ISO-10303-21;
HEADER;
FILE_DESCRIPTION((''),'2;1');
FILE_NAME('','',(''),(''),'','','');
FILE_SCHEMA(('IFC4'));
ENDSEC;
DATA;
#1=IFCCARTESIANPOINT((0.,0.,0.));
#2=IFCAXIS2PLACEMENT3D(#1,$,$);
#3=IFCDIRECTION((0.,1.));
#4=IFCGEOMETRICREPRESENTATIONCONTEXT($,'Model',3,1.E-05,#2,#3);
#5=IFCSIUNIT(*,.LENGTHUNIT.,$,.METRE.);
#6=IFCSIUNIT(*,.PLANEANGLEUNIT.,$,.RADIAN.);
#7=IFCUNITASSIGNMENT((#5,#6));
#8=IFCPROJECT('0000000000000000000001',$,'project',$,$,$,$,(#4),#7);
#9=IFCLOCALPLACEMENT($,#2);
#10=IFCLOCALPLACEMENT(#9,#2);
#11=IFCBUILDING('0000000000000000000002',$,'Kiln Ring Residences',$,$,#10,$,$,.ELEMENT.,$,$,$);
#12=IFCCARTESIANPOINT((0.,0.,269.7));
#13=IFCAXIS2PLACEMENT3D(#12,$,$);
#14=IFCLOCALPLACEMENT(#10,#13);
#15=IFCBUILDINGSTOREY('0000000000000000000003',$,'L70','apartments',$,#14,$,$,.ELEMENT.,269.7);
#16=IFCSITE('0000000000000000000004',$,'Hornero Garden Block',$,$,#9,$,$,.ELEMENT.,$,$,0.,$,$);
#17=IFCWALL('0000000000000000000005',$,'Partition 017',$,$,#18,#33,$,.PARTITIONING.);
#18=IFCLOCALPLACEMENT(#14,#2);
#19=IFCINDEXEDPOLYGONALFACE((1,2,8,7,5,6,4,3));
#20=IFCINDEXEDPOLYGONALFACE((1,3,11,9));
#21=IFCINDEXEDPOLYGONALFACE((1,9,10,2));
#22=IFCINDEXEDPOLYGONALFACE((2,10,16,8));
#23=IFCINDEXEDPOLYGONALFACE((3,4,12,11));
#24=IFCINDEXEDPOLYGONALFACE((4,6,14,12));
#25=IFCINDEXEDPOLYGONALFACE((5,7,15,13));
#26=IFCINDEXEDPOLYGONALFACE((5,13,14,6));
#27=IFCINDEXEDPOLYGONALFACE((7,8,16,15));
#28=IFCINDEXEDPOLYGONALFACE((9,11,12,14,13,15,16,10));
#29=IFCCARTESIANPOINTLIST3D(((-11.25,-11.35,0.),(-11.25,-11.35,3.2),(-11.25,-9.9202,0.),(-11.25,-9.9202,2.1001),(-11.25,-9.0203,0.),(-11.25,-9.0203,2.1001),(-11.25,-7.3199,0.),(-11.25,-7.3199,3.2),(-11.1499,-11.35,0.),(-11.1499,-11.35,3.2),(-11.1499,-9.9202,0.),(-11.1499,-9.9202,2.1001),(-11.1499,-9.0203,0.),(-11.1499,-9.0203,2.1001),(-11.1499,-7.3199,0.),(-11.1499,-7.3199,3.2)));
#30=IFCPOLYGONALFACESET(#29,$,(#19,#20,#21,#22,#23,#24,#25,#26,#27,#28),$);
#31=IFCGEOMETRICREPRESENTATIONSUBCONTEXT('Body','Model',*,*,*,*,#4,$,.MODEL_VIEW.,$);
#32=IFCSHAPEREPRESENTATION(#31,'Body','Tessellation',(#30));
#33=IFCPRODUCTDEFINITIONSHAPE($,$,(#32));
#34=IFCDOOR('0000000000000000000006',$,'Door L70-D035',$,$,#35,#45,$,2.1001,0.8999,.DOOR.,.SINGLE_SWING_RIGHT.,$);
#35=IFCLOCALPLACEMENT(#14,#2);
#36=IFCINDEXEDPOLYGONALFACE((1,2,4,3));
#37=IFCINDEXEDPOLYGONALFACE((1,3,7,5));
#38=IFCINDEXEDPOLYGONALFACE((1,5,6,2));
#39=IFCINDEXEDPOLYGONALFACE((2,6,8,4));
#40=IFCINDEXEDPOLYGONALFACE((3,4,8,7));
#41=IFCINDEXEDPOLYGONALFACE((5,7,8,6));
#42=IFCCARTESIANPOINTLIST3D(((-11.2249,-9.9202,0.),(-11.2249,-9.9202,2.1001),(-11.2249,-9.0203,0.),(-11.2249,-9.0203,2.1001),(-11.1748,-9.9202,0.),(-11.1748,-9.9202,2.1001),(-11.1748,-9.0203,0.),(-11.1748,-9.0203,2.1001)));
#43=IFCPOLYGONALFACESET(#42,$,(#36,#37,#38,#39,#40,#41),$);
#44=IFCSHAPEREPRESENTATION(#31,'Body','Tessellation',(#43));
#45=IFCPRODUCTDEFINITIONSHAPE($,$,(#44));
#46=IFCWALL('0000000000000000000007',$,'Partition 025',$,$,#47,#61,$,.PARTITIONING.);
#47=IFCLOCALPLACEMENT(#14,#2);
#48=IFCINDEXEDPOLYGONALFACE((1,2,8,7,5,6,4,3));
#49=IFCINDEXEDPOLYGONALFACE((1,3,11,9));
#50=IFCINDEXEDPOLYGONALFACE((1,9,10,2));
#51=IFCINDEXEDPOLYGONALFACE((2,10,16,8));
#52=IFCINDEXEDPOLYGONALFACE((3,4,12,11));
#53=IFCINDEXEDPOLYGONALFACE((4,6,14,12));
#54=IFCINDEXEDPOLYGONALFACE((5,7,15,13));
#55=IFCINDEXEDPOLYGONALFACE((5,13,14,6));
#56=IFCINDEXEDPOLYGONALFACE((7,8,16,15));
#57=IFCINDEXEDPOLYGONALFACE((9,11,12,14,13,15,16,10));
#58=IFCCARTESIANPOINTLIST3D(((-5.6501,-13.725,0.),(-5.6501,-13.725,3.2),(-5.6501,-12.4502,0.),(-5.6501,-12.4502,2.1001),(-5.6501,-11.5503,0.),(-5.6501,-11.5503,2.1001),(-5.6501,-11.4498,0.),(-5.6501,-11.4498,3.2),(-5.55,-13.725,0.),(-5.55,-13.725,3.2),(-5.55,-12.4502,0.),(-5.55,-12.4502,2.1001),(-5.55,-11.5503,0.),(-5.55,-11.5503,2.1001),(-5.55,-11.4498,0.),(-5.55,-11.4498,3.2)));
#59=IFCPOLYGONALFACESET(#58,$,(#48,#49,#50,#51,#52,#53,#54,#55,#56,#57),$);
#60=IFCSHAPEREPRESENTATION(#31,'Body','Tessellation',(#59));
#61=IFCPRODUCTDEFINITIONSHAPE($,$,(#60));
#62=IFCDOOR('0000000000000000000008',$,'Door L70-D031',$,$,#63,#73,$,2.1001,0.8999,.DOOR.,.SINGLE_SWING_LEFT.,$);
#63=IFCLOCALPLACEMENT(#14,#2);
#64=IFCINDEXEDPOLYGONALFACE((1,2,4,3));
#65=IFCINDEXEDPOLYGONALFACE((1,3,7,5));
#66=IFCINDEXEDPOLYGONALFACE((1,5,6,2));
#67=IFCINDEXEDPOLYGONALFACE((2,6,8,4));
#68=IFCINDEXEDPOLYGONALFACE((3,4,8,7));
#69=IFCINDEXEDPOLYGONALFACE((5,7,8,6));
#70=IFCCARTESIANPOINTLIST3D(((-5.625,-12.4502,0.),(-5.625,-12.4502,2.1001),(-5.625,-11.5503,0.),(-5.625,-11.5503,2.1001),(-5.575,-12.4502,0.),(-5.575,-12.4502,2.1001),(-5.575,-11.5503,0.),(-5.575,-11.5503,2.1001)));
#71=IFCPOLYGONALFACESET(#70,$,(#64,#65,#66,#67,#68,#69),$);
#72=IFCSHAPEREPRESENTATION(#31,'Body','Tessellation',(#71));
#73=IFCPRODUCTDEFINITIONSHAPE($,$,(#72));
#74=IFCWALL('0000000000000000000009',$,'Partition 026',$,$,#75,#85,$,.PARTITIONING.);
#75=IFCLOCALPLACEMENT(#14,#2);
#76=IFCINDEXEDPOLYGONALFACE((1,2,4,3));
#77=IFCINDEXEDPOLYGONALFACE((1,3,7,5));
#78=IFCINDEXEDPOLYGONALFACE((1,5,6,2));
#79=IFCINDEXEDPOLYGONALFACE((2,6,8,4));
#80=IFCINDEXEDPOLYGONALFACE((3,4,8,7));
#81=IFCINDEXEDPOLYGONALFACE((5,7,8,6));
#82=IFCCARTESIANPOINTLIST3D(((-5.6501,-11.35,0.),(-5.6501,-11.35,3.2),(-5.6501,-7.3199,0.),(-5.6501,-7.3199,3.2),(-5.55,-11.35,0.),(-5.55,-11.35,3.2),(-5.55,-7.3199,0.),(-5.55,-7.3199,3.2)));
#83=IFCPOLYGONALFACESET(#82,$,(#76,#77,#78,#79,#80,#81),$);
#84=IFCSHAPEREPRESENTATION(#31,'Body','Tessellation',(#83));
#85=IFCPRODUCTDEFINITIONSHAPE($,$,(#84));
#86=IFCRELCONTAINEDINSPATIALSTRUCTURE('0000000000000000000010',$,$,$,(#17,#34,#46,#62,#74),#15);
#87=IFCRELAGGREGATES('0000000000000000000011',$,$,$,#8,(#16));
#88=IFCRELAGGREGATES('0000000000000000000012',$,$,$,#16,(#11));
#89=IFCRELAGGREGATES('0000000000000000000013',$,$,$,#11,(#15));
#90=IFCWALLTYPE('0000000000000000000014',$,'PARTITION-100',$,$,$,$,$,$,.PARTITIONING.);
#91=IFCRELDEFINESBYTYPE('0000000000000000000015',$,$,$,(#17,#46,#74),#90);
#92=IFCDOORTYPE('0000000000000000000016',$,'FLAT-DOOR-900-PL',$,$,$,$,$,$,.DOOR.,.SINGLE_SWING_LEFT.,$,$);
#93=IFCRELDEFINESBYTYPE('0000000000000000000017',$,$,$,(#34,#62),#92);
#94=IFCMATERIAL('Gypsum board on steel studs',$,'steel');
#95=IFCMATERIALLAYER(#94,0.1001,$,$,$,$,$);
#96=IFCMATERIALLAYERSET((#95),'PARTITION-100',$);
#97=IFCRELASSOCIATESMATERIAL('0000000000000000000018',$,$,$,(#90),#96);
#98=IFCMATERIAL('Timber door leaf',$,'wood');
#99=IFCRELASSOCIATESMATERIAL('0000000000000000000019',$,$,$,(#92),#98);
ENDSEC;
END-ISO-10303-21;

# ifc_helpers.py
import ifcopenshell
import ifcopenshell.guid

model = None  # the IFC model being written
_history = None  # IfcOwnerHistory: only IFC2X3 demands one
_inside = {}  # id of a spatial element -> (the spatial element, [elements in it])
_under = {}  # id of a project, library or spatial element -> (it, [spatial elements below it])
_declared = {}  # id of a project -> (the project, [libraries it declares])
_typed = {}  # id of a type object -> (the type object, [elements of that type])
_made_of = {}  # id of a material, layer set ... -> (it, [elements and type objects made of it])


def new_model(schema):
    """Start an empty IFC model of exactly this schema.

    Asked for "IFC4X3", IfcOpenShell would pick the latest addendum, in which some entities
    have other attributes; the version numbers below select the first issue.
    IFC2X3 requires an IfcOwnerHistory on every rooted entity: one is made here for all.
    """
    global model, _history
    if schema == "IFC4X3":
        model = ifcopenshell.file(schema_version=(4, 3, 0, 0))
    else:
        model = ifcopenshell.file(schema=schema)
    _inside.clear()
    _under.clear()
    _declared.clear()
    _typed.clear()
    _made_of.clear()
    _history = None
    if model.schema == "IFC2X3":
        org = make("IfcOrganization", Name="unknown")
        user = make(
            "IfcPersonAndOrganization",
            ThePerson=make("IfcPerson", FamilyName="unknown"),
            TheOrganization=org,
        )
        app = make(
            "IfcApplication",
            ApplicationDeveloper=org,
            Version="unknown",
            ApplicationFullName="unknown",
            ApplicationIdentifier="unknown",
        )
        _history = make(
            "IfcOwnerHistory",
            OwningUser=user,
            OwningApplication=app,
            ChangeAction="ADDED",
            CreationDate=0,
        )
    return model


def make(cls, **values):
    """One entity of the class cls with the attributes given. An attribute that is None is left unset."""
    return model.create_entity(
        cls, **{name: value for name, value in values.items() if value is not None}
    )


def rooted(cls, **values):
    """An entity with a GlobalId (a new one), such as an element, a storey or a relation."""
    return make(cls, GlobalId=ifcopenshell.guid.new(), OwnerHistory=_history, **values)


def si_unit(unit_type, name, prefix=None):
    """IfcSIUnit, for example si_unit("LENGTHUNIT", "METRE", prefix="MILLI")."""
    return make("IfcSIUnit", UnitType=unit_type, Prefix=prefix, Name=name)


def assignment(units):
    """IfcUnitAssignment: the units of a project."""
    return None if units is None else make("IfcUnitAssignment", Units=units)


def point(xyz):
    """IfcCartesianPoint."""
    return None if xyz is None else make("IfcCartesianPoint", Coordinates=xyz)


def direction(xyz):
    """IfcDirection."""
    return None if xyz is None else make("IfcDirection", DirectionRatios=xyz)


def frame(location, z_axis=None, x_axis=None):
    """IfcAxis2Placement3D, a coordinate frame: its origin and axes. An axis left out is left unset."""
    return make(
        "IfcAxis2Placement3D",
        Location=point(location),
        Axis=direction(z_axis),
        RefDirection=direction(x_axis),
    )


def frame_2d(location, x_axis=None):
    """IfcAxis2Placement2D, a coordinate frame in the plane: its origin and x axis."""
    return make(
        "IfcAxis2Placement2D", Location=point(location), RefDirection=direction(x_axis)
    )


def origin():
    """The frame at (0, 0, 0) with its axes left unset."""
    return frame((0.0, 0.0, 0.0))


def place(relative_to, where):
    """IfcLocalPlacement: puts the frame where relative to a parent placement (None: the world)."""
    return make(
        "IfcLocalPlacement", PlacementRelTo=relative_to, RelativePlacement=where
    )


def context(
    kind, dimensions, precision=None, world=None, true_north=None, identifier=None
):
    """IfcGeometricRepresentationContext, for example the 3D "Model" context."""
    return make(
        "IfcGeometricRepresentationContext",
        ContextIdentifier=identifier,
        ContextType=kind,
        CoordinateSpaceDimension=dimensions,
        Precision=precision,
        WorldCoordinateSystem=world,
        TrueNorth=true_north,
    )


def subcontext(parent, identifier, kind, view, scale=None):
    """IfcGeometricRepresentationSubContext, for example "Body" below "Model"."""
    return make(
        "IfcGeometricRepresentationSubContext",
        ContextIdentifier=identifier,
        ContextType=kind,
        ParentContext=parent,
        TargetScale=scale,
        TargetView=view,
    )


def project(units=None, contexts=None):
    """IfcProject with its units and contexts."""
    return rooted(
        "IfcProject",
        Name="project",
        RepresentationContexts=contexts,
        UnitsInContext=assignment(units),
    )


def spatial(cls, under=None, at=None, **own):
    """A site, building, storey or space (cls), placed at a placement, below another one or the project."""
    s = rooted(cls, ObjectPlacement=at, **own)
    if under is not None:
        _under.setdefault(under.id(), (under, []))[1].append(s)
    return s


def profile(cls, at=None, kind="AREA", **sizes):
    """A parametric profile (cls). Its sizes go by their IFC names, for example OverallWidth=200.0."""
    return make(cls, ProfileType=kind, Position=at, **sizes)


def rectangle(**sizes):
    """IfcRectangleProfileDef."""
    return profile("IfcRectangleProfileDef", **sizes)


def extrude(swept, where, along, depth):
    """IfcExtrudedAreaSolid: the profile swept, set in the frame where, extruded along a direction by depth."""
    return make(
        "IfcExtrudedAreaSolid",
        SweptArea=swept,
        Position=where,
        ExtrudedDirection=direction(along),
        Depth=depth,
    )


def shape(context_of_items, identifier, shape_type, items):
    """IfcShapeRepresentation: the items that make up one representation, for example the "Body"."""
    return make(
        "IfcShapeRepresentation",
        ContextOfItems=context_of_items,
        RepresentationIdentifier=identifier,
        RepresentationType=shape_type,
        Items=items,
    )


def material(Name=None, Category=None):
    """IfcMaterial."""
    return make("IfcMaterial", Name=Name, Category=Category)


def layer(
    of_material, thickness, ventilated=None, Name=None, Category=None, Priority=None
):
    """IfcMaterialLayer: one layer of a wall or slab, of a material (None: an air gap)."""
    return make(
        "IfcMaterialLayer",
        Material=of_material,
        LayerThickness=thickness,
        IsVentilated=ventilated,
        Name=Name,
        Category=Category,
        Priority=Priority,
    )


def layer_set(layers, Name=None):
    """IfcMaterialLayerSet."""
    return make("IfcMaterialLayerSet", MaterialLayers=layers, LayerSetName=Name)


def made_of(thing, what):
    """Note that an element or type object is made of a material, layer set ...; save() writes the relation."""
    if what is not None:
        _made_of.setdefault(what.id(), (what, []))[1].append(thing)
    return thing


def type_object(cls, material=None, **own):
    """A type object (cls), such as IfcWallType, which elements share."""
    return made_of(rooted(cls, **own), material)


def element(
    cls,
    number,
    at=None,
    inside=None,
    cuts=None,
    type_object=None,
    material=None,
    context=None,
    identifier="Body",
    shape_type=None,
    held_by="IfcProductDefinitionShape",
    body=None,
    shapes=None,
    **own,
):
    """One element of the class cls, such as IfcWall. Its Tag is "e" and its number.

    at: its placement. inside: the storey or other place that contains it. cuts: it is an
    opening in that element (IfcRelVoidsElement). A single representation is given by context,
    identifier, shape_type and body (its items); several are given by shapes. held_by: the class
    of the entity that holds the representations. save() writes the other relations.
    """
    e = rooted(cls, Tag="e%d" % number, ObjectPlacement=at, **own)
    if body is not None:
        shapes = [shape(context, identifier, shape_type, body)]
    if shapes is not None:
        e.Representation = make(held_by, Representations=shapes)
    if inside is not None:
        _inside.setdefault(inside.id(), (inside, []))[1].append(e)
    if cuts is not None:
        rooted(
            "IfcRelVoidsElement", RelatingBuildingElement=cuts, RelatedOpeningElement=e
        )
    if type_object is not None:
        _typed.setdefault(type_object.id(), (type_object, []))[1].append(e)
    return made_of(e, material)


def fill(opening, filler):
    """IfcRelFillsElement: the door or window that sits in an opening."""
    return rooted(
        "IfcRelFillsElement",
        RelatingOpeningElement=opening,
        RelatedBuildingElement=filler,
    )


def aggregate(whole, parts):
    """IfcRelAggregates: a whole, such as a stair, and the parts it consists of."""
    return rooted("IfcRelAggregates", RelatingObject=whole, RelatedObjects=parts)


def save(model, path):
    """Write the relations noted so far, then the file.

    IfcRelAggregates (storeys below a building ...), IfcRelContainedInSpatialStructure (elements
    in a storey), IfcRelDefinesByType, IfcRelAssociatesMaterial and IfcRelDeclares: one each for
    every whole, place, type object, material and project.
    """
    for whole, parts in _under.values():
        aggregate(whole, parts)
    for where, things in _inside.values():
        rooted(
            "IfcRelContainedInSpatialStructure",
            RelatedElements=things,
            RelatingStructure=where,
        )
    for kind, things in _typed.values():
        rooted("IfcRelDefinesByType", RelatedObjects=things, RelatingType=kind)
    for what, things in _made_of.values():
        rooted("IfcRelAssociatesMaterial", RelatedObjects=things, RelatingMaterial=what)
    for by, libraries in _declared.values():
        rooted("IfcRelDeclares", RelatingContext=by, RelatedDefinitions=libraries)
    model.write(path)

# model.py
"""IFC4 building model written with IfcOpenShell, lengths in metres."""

from ifc_helpers import new_model, si_unit, direction, frame, frame_2d, origin, place, context, subcontext, project, spatial, rectangle, extrude, material, layer, layer_set, type_object, element, fill, save


model = new_model("IFC4")

# Units and contexts
model_context = context("Model", 3, precision=1e-05, world=origin(), true_north=direction((0.0, 1.0)))
body_context = subcontext(model_context, "Body", "Model", "MODEL_VIEW")
ifc_project = project(units=[si_unit("LENGTHUNIT", "METRE"), si_unit("PLANEANGLEUNIT", "RADIAN")], contexts=[model_context])

# Site, building, storey
site_placement = place(None, origin())
site = spatial("IfcSite", under=ifc_project, at=site_placement, Name="Hornero Garden Block", CompositionType="ELEMENT", RefElevation=0.0)
building_placement = place(site_placement, origin())
building = spatial("IfcBuilding", under=site, at=building_placement, Name="Kiln Ring Residences", CompositionType="ELEMENT")
storey_placement = place(building_placement, frame((0.0, 0.0, 269.7)))
storey = spatial("IfcBuildingStorey", under=building, at=storey_placement, Name="L70", Description="apartments", CompositionType="ELEMENT", Elevation=269.7)

# Walls, openings, doors
ifc_material_1 = material(Name="Gypsum board on steel studs", Category="steel")
ifc_layer_1 = layer(ifc_material_1, 0.1001)
ifc_layer_set_1 = layer_set([ifc_layer_1], Name="PARTITION-100")
wall_type = type_object("IfcWallType", Name="PARTITION-100", PredefinedType="PARTITIONING", material=ifc_layer_set_1)
wall_1_placement = place(storey_placement, frame((-11.2, -11.3501, 0.0), z_axis=(0.0, 0.0, 1.0), x_axis=(0.0, 1.0, 0.0)))
wall_1 = element("IfcWall", 1, at=wall_1_placement, inside=storey, type_object=wall_type, Name="Partition 017", PredefinedType="PARTITIONING", context=body_context, shape_type="SweptSolid", body=[
    extrude(rectangle(XDim=4.03, YDim=0.1001, at=frame_2d((2.0151, 0.0))), origin(), (0.0, 0.0, 1.0), 3.2),
])
opening_1_placement = place(wall_1_placement, frame((1.4299, 0.0, 0.0)))
opening_1 = element("IfcOpeningElement", 2, at=opening_1_placement, cuts=wall_1, PredefinedType="OPENING", context=body_context, shape_type="SweptSolid", body=[
    extrude(rectangle(XDim=0.8999, YDim=2.1001, at=frame_2d((0.45, 1.05))), frame((0.0, 0.0601, 0.0), z_axis=(0.0, -1.0, 0.0), x_axis=(1.0, 0.0, 0.0)), (0.0, 0.0, 1.0), 0.1201),
])
ifc_material_2 = material(Name="Timber door leaf", Category="wood")
door_type = type_object("IfcDoorType", Name="FLAT-DOOR-900-PL", OperationType="SINGLE_SWING_LEFT", PredefinedType="DOOR", material=ifc_material_2)
door_1_placement = place(opening_1_placement, origin())
door_1 = element("IfcDoor", 3, at=door_1_placement, inside=storey, type_object=door_type, Name="Door L70-D035", OperationType="SINGLE_SWING_RIGHT", OverallHeight=2.1001, OverallWidth=0.8999, PredefinedType="DOOR", context=body_context, shape_type="SweptSolid", body=[
    extrude(rectangle(XDim=0.8999, YDim=2.1001, at=frame_2d((0.45, 1.05))), frame((0.0, 0.0249, 0.0), z_axis=(0.0, -1.0, 0.0), x_axis=(1.0, 0.0, 0.0)), (0.0, 0.0, 1.0), 0.05),
])
fill(opening_1, door_1)
wall_2_placement = place(storey_placement, frame((-5.6001, -13.7251, 0.0), z_axis=(0.0, 0.0, 1.0), x_axis=(0.0, 1.0, 0.0)))
wall_2 = element("IfcWall", 4, at=wall_2_placement, inside=storey, type_object=wall_type, Name="Partition 025", PredefinedType="PARTITIONING", context=body_context, shape_type="SweptSolid", body=[
    extrude(rectangle(XDim=2.2751, YDim=0.1001, at=frame_2d((1.1377, 0.0))), origin(), (0.0, 0.0, 1.0), 3.2),
])
opening_2_placement = place(wall_2_placement, frame((1.2749, 0.0, 0.0)))
opening_2 = element("IfcOpeningElement", 5, at=opening_2_placement, cuts=wall_2, PredefinedType="OPENING", context=body_context, shape_type="SweptSolid", body=[
    extrude(rectangle(XDim=0.8999, YDim=2.1001, at=frame_2d((0.45, 1.05))), frame((0.0, 0.0601, 0.0), z_axis=(0.0, -1.0, 0.0), x_axis=(1.0, 0.0, 0.0)), (0.0, 0.0, 1.0), 0.1201),
])
door_2_placement = place(opening_2_placement, origin())
door_2 = element("IfcDoor", 6, at=door_2_placement, inside=storey, type_object=door_type, Name="Door L70-D031", OperationType="SINGLE_SWING_LEFT", OverallHeight=2.1001, OverallWidth=0.8999, PredefinedType="DOOR", context=body_context, shape_type="SweptSolid", body=[
    extrude(rectangle(XDim=0.8999, YDim=2.1001, at=frame_2d((0.45, 1.05))), frame((0.0, 0.0249, 0.0), z_axis=(0.0, -1.0, 0.0), x_axis=(1.0, 0.0, 0.0)), (0.0, 0.0, 1.0), 0.05),
])
fill(opening_2, door_2)

# Wall
wall_3_placement = place(storey_placement, frame((-5.6001, -11.3501, 0.0), z_axis=(0.0, 0.0, 1.0), x_axis=(0.0, 1.0, 0.0)))
element("IfcWall", 7, at=wall_3_placement, inside=storey, type_object=wall_type, Name="Partition 026", PredefinedType="PARTITIONING", context=body_context, shape_type="SweptSolid", body=[
    extrude(rectangle(XDim=4.03, YDim=0.1001, at=frame_2d((2.0151, 0.0))), origin(), (0.0, 0.0, 1.0), 3.2),
])

save(model, "model.ifc")
